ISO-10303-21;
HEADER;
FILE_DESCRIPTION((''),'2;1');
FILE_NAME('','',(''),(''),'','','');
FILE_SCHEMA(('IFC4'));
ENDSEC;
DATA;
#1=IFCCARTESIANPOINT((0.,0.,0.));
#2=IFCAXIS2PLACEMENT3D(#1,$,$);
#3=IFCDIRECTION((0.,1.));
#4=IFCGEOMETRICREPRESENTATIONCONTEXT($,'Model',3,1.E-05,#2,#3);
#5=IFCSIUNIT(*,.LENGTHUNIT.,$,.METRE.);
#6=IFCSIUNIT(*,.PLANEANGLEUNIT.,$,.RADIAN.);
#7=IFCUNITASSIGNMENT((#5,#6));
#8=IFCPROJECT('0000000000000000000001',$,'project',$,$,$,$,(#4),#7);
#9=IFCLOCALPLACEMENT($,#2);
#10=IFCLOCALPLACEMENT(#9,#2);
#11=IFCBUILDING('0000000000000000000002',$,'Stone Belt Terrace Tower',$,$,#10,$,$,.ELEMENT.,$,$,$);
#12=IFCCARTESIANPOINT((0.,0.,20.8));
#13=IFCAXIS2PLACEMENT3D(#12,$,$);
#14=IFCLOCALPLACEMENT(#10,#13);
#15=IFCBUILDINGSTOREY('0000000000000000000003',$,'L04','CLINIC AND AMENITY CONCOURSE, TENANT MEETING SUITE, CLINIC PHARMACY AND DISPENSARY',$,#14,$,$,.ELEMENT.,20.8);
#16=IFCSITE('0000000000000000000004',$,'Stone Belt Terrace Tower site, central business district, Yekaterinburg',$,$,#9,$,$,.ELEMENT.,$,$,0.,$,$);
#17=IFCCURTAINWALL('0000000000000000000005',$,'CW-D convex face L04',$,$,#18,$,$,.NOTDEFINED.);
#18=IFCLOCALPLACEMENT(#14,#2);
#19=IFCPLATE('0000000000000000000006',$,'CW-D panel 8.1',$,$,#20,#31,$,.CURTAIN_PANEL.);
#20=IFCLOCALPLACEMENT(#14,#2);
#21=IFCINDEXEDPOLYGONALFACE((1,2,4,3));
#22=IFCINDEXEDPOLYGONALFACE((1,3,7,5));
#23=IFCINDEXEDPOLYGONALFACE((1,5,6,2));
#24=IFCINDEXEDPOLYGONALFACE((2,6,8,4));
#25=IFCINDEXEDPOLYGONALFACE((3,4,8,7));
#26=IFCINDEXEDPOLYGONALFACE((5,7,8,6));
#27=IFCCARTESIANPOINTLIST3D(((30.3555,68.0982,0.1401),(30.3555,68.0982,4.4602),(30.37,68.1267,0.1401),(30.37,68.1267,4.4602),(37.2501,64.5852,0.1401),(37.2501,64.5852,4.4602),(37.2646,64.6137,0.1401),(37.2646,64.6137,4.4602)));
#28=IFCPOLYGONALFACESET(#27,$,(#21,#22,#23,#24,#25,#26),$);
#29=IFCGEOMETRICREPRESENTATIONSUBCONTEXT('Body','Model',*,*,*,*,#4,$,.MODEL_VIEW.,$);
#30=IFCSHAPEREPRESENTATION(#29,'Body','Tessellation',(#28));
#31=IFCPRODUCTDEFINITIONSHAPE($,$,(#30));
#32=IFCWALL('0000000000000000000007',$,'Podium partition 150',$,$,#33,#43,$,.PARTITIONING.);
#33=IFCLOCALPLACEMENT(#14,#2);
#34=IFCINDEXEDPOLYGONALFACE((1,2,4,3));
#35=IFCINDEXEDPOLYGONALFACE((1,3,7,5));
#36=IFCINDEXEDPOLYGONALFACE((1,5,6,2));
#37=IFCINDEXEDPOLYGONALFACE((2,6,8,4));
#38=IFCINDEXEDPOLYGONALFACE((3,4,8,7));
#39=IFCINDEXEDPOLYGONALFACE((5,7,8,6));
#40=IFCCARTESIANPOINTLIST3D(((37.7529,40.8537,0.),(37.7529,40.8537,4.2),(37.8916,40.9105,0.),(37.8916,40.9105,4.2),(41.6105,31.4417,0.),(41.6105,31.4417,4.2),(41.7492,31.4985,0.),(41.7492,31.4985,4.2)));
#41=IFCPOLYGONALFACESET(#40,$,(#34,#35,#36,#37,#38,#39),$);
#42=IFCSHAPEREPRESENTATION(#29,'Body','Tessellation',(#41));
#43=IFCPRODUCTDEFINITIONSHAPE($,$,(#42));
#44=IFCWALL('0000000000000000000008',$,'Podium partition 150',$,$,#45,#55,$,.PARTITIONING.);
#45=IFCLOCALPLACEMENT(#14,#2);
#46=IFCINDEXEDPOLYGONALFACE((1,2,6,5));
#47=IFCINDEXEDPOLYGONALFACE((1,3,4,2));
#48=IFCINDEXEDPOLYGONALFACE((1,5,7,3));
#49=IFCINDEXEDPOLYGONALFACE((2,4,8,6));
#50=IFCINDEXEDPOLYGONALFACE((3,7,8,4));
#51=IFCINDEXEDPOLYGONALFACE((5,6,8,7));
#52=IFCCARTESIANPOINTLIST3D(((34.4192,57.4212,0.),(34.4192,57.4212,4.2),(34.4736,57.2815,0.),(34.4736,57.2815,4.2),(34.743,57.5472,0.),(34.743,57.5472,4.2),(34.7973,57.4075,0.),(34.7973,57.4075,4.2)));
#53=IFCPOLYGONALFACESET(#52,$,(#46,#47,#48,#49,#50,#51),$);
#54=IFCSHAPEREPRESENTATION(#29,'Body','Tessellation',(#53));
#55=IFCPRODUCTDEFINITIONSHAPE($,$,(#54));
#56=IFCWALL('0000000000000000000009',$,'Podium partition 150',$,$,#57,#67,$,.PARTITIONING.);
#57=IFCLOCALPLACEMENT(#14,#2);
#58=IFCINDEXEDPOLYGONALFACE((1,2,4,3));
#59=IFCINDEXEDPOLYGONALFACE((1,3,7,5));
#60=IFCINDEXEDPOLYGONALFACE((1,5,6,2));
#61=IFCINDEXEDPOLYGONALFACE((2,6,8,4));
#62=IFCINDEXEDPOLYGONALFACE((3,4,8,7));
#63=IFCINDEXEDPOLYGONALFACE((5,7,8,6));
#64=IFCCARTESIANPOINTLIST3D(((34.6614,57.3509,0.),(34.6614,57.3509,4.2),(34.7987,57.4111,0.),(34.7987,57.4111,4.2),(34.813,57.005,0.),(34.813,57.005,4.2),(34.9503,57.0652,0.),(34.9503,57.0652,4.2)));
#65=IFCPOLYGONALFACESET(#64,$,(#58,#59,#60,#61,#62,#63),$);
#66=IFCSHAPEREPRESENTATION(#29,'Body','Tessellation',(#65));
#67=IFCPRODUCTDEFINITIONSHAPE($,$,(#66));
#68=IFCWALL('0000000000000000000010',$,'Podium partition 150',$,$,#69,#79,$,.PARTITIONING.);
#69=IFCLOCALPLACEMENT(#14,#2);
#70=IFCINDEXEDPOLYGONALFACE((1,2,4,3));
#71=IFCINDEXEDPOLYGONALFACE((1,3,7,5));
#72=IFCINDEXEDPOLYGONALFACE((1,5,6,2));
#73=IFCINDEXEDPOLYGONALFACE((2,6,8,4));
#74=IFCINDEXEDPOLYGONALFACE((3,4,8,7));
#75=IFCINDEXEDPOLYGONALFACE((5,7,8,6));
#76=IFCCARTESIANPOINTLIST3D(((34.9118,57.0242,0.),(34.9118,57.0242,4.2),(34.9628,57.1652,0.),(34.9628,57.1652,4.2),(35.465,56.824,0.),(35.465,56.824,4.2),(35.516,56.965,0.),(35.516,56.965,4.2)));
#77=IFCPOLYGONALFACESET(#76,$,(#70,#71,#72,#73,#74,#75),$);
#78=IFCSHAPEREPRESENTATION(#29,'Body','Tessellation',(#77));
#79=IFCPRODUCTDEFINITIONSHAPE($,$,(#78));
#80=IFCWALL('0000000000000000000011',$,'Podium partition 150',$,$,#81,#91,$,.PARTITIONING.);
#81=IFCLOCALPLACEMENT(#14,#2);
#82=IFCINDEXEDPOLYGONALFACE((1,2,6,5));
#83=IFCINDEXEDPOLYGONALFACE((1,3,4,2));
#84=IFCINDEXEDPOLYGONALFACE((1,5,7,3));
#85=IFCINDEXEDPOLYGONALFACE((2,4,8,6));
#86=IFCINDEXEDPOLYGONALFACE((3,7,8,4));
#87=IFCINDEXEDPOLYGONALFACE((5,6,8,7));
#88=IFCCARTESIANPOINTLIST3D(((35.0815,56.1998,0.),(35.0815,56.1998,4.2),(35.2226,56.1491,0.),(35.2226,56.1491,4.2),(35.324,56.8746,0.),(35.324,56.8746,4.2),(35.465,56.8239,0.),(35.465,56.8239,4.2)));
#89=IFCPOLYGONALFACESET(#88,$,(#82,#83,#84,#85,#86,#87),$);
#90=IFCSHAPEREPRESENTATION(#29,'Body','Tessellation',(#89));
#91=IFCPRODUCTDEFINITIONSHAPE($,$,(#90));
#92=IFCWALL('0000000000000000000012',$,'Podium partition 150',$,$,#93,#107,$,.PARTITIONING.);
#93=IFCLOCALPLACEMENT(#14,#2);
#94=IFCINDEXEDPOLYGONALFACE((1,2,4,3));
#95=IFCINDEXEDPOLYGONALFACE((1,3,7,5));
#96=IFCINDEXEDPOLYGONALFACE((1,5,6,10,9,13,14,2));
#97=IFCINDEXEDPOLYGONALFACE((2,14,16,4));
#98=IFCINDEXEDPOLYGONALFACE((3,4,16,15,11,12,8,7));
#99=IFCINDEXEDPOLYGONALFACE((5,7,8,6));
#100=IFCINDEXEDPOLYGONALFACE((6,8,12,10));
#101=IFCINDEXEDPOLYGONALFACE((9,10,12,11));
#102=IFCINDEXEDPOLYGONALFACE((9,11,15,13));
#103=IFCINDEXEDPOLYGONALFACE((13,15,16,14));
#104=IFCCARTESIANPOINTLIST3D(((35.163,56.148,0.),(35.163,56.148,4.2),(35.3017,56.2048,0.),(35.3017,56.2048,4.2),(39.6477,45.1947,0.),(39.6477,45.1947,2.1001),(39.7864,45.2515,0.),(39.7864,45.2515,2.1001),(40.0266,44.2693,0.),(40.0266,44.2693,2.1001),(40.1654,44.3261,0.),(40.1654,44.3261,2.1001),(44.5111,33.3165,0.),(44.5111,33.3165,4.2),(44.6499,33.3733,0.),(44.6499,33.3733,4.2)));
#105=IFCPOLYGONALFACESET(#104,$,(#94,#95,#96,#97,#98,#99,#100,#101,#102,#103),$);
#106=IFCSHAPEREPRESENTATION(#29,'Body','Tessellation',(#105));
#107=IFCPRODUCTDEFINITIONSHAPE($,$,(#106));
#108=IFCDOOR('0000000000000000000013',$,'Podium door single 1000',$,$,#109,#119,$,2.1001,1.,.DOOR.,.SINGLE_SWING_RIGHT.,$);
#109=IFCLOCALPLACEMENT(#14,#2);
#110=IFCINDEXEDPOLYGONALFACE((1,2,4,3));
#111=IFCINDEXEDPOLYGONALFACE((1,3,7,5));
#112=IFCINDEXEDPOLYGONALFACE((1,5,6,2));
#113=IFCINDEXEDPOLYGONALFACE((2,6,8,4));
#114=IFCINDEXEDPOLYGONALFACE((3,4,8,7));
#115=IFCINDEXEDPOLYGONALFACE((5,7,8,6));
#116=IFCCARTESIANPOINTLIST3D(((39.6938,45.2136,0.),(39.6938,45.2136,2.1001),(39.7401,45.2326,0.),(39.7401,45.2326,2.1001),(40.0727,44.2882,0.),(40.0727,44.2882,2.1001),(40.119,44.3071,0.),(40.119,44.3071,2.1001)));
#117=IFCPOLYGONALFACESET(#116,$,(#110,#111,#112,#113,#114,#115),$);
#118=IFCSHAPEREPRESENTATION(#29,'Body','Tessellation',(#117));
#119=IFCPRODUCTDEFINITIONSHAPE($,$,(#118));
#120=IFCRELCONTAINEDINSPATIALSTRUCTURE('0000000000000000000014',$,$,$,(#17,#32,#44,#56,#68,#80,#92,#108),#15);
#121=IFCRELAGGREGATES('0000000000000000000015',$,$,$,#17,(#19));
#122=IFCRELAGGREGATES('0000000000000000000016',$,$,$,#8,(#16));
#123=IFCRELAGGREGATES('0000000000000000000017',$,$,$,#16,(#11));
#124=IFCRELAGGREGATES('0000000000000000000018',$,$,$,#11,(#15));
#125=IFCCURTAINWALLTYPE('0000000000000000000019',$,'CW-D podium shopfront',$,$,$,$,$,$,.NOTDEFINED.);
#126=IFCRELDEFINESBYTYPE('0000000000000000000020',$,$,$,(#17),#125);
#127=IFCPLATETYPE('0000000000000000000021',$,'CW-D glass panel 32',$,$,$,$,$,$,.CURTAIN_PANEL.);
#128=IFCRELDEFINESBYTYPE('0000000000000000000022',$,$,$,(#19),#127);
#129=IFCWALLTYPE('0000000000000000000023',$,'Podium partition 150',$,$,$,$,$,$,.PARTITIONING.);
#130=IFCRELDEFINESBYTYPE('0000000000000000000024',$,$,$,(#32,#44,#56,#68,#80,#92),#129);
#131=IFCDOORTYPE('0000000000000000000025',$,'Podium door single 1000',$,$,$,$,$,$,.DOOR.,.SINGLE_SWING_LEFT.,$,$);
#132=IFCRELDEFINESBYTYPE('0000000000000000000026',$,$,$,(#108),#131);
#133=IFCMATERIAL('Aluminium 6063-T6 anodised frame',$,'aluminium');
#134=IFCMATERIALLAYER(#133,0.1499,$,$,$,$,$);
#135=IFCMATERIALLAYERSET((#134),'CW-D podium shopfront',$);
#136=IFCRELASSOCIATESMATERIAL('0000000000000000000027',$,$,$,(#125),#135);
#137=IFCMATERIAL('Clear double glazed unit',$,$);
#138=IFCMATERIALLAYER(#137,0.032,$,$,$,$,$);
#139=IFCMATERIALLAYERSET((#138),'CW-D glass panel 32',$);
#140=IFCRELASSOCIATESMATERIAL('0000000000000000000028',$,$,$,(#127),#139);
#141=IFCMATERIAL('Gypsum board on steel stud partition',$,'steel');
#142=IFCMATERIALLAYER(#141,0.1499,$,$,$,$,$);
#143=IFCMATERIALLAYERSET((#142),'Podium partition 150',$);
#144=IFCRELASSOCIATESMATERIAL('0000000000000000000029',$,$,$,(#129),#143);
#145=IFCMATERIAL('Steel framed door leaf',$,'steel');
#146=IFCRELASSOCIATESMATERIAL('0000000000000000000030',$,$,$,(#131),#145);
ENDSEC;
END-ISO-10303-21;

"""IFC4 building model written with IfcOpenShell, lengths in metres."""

from ifc_helpers import new_model, si_unit, direction, frame, frame_2d, origin, origin_2d, place, context, subcontext, project, spatial, rectangle, extrude, material, layer, layer_set, type_object, element, fill, aggregate, save


model = new_model("IFC4")

# Units and contexts
model_context = context("Model", 3, precision=1e-05, world=origin(), true_north=direction((0.0, 1.0)))
body_context = subcontext(model_context, "Body", "Model", "MODEL_VIEW")
ifc_project = project(units=[si_unit("LENGTHUNIT", "METRE"), si_unit("PLANEANGLEUNIT", "RADIAN")], contexts=[model_context])

# Site, building, storey
site_placement = place(None, origin())
site = spatial("IfcSite", under=ifc_project, at=site_placement, Name="Stone Belt Terrace Tower site, central business district, Yekaterinburg", CompositionType="ELEMENT", RefElevation=0.0)
building_placement = place(site_placement, origin())
building = spatial("IfcBuilding", under=site, at=building_placement, Name="Stone Belt Terrace Tower", CompositionType="ELEMENT")
storey_placement = place(building_placement, frame((0.0, 0.0, 20.8)))
storey = spatial("IfcBuildingStorey", under=building, at=storey_placement, Name="L04", Description="CLINIC AND AMENITY CONCOURSE, TENANT MEETING SUITE, CLINIC PHARMACY AND DISPENSARY", CompositionType="ELEMENT", Elevation=20.8)

# Curtain wall, plate
ifc_material_1 = material(Name="Aluminium 6063-T6 anodised frame", Category="aluminium")
ifc_layer_1 = layer(ifc_material_1, 0.1499)
ifc_layer_set_1 = layer_set([ifc_layer_1], Name="CW-D podium shopfront")
curtain_wall_type = type_object("IfcCurtainWallType", Name="CW-D podium shopfront", PredefinedType="NOTDEFINED", material=ifc_layer_set_1)
curtain_wall_placement = place(storey_placement, origin())
curtain_wall = element("IfcCurtainWall", 1, at=curtain_wall_placement, inside=storey, type_object=curtain_wall_type, Name="CW-D convex face L04", PredefinedType="NOTDEFINED")
ifc_material_2 = material(Name="Clear double glazed unit")
ifc_layer_2 = layer(ifc_material_2, 0.032)
ifc_layer_set_2 = layer_set([ifc_layer_2], Name="CW-D glass panel 32")
plate_type = type_object("IfcPlateType", Name="CW-D glass panel 32", PredefinedType="CURTAIN_PANEL", material=ifc_layer_set_2)
plate_1_placement = place(storey_placement, frame((33.8101, 66.356, 0.1401), z_axis=(0.0, 0.0, 1.0), x_axis=(-0.891007, 0.45399, 0.0)))
plate_1 = element("IfcPlate", 2, at=plate_1_placement, type_object=plate_type, Name="CW-D panel 8.1", PredefinedType="CURTAIN_PANEL", context=body_context, shape_type="SweptSolid", body=[
    extrude(rectangle(XDim=7.738, YDim=0.032, at=origin_2d()), origin(), (0.0, 0.0, 1.0), 4.3201),
])
aggregate(curtain_wall, [plate_1])

# Walls
ifc_material_3 = material(Name="Gypsum board on steel stud partition", Category="steel")
ifc_layer_3 = layer(ifc_material_3, 0.1499)
ifc_layer_set_3 = layer_set([ifc_layer_3], Name="Podium partition 150")
wall_type = type_object("IfcWallType", Name="Podium partition 150", PredefinedType="PARTITIONING", material=ifc_layer_set_3)
wall_1_placement = place(storey_placement, frame((37.8223, 40.8821, 0.0), z_axis=(0.0, 0.0, 1.0), x_axis=(0.379244, -0.925297, 0.0)))
element("IfcWall", 3, at=wall_1_placement, inside=storey, type_object=wall_type, Name="Podium partition 150", PredefinedType="PARTITIONING", context=body_context, shape_type="SweptSolid", body=[
    extrude(rectangle(XDim=10.1719, YDim=0.1499, at=frame_2d((5.0859, 0.0))), origin(), (0.0, 0.0, 1.0), 4.2),
])
wall_2_placement = place(storey_placement, frame((34.4463, 57.3513, 0.0), z_axis=(0.0, 0.0, 1.0), x_axis=(0.931926, 0.36265, 0.0)))
element("IfcWall", 4, at=wall_2_placement, inside=storey, type_object=wall_type, Name="Podium partition 150", PredefinedType="PARTITIONING", context=body_context, shape_type="SweptSolid", body=[
    extrude(rectangle(XDim=0.3474, YDim=0.1499, at=frame_2d((0.1738, 0.0))), origin(), (0.0, 0.0, 1.0), 4.2),
])
wall_3_placement = place(storey_placement, frame((34.73, 57.3811, 0.0), z_axis=(0.0, 0.0, 1.0), x_axis=(0.401395, -0.915905, 0.0)))
element("IfcWall", 5, at=wall_3_placement, inside=storey, type_object=wall_type, Name="Podium partition 150", PredefinedType="PARTITIONING", context=body_context, shape_type="SweptSolid", body=[
    extrude(rectangle(XDim=0.3777, YDim=0.1499, at=frame_2d((0.189, 0.0))), origin(), (0.0, 0.0, 1.0), 4.2),
])
wall_4_placement = place(storey_placement, frame((34.9373, 57.0947, 0.0), z_axis=(0.0, 0.0, 1.0), x_axis=(0.940325, -0.340277, 0.0)))
element("IfcWall", 6, at=wall_4_placement, inside=storey, type_object=wall_type, Name="Podium partition 150", PredefinedType="PARTITIONING", context=body_context, shape_type="SweptSolid", body=[
    extrude(rectangle(XDim=0.5884, YDim=0.1499, at=frame_2d((0.2942, 0.0))), origin(), (0.0, 0.0, 1.0), 4.2),
])
wall_5_placement = place(storey_placement, frame((35.1521, 56.1746, 0.0), z_axis=(0.0, 0.0, 1.0), x_axis=(0.338104, 0.941109, 0.0)))
element("IfcWall", 7, at=wall_5_placement, inside=storey, type_object=wall_type, Name="Podium partition 150", PredefinedType="PARTITIONING", context=body_context, shape_type="SweptSolid", body=[
    extrude(rectangle(XDim=0.717, YDim=0.1499, at=frame_2d((0.3584, 0.0))), origin(), (0.0, 0.0, 1.0), 4.2),
])

# Wall, opening, door
wall_6_placement = place(storey_placement, frame((35.2324, 56.1763, 0.0), z_axis=(0.0, 0.0, 1.0), x_axis=(0.378909, -0.925434, 0.0)))
wall_6 = element("IfcWall", 8, at=wall_6_placement, inside=storey, type_object=wall_type, Name="Podium partition 150", PredefinedType="PARTITIONING", context=body_context, shape_type="SweptSolid", body=[
    extrude(rectangle(XDim=24.6711, YDim=0.1499, at=frame_2d((12.3354, 0.0))), origin(), (0.0, 0.0, 1.0), 4.2),
])
opening_placement = place(wall_6_placement, frame((11.8357, 0.0, 0.0)))
opening = element("IfcOpeningElement", 9, at=opening_placement, cuts=wall_6, PredefinedType="OPENING", context=body_context, shape_type="SweptSolid", body=[
    extrude(rectangle(XDim=1.0, YDim=2.1001, at=frame_2d((0.5, 1.05))), frame((0.0, 0.085, 0.0), z_axis=(0.0, -1.0, 0.0), x_axis=(1.0, 0.0, 0.0)), (0.0, 0.0, 1.0), 0.1699),
])
ifc_material_4 = material(Name="Steel framed door leaf", Category="steel")
door_type = type_object("IfcDoorType", Name="Podium door single 1000", OperationType="SINGLE_SWING_LEFT", PredefinedType="DOOR", material=ifc_material_4)
door_placement = place(opening_placement, origin())
door = element("IfcDoor", 10, at=door_placement, inside=storey, type_object=door_type, Name="Podium door single 1000", OperationType="SINGLE_SWING_RIGHT", OverallHeight=2.1001, OverallWidth=1.0, PredefinedType="DOOR", context=body_context, shape_type="SweptSolid", body=[
    extrude(rectangle(XDim=1.0, YDim=2.1001, at=frame_2d((0.5, 1.05))), frame((0.0, 0.0249, 0.0), z_axis=(0.0, -1.0, 0.0), x_axis=(1.0, 0.0, 0.0)), (0.0, 0.0, 1.0), 0.05),
])
fill(opening, door)

save(model, "model.ifc")
